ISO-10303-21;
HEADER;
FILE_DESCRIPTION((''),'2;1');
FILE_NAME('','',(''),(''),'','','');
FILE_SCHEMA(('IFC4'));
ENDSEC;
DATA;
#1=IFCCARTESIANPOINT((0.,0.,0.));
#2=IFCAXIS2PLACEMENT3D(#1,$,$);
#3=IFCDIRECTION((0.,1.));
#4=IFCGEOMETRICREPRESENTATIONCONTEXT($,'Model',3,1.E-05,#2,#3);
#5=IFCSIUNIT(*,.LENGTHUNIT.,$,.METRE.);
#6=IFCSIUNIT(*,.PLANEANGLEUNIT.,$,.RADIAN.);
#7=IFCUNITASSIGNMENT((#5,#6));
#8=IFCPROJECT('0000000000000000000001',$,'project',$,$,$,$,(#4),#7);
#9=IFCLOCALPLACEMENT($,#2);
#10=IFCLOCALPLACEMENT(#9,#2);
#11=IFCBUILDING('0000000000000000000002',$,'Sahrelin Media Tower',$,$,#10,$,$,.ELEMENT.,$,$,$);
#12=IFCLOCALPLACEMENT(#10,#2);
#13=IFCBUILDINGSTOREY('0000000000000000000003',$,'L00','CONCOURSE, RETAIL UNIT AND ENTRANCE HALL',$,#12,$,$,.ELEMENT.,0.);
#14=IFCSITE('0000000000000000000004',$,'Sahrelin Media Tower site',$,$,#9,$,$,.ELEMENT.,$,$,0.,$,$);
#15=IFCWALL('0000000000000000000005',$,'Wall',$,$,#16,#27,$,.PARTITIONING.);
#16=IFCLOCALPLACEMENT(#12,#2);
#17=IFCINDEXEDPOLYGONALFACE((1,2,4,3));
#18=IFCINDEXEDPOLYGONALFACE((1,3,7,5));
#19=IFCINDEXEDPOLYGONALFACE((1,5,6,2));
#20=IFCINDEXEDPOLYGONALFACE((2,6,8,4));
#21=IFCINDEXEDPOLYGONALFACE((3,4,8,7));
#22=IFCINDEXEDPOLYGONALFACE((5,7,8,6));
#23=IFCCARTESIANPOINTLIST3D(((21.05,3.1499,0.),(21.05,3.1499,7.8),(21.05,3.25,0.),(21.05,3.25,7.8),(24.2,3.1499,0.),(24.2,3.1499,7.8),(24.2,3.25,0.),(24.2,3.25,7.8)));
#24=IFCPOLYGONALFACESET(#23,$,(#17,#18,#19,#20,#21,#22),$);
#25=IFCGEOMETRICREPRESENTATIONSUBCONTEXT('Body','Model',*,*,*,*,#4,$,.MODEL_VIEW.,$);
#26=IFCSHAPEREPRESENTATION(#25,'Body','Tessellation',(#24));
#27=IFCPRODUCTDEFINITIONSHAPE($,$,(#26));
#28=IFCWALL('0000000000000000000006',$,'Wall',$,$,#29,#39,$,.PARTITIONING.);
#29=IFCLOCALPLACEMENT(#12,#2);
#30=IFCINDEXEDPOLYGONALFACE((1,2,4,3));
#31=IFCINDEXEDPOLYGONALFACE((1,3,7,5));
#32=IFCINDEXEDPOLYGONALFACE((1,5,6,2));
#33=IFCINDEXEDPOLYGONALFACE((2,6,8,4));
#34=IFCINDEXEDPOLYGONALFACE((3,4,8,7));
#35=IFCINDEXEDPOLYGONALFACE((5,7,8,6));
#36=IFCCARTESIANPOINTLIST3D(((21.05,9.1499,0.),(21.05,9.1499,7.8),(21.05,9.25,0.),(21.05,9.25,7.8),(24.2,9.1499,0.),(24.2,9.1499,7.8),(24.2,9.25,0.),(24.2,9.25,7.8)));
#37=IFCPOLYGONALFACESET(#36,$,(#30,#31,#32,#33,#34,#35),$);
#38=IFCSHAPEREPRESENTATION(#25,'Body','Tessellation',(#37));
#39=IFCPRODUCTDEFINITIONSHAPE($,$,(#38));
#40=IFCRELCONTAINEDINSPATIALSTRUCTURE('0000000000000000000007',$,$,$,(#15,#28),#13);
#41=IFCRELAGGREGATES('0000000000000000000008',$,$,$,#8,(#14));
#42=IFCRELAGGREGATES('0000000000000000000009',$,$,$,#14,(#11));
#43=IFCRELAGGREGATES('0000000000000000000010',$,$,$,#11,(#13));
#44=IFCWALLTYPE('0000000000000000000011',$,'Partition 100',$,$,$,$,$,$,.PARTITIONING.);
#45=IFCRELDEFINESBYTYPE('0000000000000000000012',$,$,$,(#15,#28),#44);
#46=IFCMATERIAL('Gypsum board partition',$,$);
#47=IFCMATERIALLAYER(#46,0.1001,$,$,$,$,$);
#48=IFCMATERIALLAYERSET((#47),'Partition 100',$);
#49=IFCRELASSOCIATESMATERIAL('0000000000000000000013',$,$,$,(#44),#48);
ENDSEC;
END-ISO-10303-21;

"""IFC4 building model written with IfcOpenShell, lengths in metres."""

from ifc_helpers import new_model, si_unit, direction, frame, frame_2d, origin, place, context, subcontext, project, spatial, rectangle, extrude, material, layer, layer_set, type_object, element, save


model = new_model("IFC4")

# Units and contexts
model_context = context("Model", 3, precision=1e-05, world=origin(), true_north=direction((0.0, 1.0)))
body_context = subcontext(model_context, "Body", "Model", "MODEL_VIEW")
ifc_project = project(units=[si_unit("LENGTHUNIT", "METRE"), si_unit("PLANEANGLEUNIT", "RADIAN")], contexts=[model_context])

# Site, building, storey
site_placement = place(None, origin())
site = spatial("IfcSite", under=ifc_project, at=site_placement, Name="Sahrelin Media Tower site", CompositionType="ELEMENT", RefElevation=0.0)
building_placement = place(site_placement, origin())
building = spatial("IfcBuilding", under=site, at=building_placement, Name="Sahrelin Media Tower", CompositionType="ELEMENT")
storey_placement = place(building_placement, origin())
storey = spatial("IfcBuildingStorey", under=building, at=storey_placement, Name="L00", Description="CONCOURSE, RETAIL UNIT AND ENTRANCE HALL", CompositionType="ELEMENT", Elevation=0.0)

# Shared definitions
ifc_material_1 = material(Name="Gypsum board partition")
ifc_layer_1 = layer(ifc_material_1, 0.1001)
ifc_layer_set_1 = layer_set([ifc_layer_1], Name="Partition 100")
wall_type_1 = type_object("IfcWallType", Name="Partition 100", PredefinedType="PARTITIONING", material=ifc_layer_set_1)

# Walls
for number, where, z_axis, x_axis, name in (
    (1, (21.05, 3.2, 0.0), (0.0, 0.0, 1.0), (1.0, 0.0, 0.0), "Wall"),
    (2, (21.05, 9.2, 0.0), (0.0, 0.0, 1.0), (1.0, 0.0, 0.0), "Wall"),
):
    element("IfcWall", number, at=place(storey_placement, frame(where, z_axis=z_axis, x_axis=x_axis)), inside=storey, type_object=wall_type_1, Name=name, PredefinedType="PARTITIONING", context=body_context, shape_type="SweptSolid", body=[
        extrude(rectangle(XDim=3.1499, YDim=0.1001, at=frame_2d((1.575, 0.0))), origin(), (0.0, 0.0, 1.0), 7.8),
    ])

save(model, "model.ifc")
